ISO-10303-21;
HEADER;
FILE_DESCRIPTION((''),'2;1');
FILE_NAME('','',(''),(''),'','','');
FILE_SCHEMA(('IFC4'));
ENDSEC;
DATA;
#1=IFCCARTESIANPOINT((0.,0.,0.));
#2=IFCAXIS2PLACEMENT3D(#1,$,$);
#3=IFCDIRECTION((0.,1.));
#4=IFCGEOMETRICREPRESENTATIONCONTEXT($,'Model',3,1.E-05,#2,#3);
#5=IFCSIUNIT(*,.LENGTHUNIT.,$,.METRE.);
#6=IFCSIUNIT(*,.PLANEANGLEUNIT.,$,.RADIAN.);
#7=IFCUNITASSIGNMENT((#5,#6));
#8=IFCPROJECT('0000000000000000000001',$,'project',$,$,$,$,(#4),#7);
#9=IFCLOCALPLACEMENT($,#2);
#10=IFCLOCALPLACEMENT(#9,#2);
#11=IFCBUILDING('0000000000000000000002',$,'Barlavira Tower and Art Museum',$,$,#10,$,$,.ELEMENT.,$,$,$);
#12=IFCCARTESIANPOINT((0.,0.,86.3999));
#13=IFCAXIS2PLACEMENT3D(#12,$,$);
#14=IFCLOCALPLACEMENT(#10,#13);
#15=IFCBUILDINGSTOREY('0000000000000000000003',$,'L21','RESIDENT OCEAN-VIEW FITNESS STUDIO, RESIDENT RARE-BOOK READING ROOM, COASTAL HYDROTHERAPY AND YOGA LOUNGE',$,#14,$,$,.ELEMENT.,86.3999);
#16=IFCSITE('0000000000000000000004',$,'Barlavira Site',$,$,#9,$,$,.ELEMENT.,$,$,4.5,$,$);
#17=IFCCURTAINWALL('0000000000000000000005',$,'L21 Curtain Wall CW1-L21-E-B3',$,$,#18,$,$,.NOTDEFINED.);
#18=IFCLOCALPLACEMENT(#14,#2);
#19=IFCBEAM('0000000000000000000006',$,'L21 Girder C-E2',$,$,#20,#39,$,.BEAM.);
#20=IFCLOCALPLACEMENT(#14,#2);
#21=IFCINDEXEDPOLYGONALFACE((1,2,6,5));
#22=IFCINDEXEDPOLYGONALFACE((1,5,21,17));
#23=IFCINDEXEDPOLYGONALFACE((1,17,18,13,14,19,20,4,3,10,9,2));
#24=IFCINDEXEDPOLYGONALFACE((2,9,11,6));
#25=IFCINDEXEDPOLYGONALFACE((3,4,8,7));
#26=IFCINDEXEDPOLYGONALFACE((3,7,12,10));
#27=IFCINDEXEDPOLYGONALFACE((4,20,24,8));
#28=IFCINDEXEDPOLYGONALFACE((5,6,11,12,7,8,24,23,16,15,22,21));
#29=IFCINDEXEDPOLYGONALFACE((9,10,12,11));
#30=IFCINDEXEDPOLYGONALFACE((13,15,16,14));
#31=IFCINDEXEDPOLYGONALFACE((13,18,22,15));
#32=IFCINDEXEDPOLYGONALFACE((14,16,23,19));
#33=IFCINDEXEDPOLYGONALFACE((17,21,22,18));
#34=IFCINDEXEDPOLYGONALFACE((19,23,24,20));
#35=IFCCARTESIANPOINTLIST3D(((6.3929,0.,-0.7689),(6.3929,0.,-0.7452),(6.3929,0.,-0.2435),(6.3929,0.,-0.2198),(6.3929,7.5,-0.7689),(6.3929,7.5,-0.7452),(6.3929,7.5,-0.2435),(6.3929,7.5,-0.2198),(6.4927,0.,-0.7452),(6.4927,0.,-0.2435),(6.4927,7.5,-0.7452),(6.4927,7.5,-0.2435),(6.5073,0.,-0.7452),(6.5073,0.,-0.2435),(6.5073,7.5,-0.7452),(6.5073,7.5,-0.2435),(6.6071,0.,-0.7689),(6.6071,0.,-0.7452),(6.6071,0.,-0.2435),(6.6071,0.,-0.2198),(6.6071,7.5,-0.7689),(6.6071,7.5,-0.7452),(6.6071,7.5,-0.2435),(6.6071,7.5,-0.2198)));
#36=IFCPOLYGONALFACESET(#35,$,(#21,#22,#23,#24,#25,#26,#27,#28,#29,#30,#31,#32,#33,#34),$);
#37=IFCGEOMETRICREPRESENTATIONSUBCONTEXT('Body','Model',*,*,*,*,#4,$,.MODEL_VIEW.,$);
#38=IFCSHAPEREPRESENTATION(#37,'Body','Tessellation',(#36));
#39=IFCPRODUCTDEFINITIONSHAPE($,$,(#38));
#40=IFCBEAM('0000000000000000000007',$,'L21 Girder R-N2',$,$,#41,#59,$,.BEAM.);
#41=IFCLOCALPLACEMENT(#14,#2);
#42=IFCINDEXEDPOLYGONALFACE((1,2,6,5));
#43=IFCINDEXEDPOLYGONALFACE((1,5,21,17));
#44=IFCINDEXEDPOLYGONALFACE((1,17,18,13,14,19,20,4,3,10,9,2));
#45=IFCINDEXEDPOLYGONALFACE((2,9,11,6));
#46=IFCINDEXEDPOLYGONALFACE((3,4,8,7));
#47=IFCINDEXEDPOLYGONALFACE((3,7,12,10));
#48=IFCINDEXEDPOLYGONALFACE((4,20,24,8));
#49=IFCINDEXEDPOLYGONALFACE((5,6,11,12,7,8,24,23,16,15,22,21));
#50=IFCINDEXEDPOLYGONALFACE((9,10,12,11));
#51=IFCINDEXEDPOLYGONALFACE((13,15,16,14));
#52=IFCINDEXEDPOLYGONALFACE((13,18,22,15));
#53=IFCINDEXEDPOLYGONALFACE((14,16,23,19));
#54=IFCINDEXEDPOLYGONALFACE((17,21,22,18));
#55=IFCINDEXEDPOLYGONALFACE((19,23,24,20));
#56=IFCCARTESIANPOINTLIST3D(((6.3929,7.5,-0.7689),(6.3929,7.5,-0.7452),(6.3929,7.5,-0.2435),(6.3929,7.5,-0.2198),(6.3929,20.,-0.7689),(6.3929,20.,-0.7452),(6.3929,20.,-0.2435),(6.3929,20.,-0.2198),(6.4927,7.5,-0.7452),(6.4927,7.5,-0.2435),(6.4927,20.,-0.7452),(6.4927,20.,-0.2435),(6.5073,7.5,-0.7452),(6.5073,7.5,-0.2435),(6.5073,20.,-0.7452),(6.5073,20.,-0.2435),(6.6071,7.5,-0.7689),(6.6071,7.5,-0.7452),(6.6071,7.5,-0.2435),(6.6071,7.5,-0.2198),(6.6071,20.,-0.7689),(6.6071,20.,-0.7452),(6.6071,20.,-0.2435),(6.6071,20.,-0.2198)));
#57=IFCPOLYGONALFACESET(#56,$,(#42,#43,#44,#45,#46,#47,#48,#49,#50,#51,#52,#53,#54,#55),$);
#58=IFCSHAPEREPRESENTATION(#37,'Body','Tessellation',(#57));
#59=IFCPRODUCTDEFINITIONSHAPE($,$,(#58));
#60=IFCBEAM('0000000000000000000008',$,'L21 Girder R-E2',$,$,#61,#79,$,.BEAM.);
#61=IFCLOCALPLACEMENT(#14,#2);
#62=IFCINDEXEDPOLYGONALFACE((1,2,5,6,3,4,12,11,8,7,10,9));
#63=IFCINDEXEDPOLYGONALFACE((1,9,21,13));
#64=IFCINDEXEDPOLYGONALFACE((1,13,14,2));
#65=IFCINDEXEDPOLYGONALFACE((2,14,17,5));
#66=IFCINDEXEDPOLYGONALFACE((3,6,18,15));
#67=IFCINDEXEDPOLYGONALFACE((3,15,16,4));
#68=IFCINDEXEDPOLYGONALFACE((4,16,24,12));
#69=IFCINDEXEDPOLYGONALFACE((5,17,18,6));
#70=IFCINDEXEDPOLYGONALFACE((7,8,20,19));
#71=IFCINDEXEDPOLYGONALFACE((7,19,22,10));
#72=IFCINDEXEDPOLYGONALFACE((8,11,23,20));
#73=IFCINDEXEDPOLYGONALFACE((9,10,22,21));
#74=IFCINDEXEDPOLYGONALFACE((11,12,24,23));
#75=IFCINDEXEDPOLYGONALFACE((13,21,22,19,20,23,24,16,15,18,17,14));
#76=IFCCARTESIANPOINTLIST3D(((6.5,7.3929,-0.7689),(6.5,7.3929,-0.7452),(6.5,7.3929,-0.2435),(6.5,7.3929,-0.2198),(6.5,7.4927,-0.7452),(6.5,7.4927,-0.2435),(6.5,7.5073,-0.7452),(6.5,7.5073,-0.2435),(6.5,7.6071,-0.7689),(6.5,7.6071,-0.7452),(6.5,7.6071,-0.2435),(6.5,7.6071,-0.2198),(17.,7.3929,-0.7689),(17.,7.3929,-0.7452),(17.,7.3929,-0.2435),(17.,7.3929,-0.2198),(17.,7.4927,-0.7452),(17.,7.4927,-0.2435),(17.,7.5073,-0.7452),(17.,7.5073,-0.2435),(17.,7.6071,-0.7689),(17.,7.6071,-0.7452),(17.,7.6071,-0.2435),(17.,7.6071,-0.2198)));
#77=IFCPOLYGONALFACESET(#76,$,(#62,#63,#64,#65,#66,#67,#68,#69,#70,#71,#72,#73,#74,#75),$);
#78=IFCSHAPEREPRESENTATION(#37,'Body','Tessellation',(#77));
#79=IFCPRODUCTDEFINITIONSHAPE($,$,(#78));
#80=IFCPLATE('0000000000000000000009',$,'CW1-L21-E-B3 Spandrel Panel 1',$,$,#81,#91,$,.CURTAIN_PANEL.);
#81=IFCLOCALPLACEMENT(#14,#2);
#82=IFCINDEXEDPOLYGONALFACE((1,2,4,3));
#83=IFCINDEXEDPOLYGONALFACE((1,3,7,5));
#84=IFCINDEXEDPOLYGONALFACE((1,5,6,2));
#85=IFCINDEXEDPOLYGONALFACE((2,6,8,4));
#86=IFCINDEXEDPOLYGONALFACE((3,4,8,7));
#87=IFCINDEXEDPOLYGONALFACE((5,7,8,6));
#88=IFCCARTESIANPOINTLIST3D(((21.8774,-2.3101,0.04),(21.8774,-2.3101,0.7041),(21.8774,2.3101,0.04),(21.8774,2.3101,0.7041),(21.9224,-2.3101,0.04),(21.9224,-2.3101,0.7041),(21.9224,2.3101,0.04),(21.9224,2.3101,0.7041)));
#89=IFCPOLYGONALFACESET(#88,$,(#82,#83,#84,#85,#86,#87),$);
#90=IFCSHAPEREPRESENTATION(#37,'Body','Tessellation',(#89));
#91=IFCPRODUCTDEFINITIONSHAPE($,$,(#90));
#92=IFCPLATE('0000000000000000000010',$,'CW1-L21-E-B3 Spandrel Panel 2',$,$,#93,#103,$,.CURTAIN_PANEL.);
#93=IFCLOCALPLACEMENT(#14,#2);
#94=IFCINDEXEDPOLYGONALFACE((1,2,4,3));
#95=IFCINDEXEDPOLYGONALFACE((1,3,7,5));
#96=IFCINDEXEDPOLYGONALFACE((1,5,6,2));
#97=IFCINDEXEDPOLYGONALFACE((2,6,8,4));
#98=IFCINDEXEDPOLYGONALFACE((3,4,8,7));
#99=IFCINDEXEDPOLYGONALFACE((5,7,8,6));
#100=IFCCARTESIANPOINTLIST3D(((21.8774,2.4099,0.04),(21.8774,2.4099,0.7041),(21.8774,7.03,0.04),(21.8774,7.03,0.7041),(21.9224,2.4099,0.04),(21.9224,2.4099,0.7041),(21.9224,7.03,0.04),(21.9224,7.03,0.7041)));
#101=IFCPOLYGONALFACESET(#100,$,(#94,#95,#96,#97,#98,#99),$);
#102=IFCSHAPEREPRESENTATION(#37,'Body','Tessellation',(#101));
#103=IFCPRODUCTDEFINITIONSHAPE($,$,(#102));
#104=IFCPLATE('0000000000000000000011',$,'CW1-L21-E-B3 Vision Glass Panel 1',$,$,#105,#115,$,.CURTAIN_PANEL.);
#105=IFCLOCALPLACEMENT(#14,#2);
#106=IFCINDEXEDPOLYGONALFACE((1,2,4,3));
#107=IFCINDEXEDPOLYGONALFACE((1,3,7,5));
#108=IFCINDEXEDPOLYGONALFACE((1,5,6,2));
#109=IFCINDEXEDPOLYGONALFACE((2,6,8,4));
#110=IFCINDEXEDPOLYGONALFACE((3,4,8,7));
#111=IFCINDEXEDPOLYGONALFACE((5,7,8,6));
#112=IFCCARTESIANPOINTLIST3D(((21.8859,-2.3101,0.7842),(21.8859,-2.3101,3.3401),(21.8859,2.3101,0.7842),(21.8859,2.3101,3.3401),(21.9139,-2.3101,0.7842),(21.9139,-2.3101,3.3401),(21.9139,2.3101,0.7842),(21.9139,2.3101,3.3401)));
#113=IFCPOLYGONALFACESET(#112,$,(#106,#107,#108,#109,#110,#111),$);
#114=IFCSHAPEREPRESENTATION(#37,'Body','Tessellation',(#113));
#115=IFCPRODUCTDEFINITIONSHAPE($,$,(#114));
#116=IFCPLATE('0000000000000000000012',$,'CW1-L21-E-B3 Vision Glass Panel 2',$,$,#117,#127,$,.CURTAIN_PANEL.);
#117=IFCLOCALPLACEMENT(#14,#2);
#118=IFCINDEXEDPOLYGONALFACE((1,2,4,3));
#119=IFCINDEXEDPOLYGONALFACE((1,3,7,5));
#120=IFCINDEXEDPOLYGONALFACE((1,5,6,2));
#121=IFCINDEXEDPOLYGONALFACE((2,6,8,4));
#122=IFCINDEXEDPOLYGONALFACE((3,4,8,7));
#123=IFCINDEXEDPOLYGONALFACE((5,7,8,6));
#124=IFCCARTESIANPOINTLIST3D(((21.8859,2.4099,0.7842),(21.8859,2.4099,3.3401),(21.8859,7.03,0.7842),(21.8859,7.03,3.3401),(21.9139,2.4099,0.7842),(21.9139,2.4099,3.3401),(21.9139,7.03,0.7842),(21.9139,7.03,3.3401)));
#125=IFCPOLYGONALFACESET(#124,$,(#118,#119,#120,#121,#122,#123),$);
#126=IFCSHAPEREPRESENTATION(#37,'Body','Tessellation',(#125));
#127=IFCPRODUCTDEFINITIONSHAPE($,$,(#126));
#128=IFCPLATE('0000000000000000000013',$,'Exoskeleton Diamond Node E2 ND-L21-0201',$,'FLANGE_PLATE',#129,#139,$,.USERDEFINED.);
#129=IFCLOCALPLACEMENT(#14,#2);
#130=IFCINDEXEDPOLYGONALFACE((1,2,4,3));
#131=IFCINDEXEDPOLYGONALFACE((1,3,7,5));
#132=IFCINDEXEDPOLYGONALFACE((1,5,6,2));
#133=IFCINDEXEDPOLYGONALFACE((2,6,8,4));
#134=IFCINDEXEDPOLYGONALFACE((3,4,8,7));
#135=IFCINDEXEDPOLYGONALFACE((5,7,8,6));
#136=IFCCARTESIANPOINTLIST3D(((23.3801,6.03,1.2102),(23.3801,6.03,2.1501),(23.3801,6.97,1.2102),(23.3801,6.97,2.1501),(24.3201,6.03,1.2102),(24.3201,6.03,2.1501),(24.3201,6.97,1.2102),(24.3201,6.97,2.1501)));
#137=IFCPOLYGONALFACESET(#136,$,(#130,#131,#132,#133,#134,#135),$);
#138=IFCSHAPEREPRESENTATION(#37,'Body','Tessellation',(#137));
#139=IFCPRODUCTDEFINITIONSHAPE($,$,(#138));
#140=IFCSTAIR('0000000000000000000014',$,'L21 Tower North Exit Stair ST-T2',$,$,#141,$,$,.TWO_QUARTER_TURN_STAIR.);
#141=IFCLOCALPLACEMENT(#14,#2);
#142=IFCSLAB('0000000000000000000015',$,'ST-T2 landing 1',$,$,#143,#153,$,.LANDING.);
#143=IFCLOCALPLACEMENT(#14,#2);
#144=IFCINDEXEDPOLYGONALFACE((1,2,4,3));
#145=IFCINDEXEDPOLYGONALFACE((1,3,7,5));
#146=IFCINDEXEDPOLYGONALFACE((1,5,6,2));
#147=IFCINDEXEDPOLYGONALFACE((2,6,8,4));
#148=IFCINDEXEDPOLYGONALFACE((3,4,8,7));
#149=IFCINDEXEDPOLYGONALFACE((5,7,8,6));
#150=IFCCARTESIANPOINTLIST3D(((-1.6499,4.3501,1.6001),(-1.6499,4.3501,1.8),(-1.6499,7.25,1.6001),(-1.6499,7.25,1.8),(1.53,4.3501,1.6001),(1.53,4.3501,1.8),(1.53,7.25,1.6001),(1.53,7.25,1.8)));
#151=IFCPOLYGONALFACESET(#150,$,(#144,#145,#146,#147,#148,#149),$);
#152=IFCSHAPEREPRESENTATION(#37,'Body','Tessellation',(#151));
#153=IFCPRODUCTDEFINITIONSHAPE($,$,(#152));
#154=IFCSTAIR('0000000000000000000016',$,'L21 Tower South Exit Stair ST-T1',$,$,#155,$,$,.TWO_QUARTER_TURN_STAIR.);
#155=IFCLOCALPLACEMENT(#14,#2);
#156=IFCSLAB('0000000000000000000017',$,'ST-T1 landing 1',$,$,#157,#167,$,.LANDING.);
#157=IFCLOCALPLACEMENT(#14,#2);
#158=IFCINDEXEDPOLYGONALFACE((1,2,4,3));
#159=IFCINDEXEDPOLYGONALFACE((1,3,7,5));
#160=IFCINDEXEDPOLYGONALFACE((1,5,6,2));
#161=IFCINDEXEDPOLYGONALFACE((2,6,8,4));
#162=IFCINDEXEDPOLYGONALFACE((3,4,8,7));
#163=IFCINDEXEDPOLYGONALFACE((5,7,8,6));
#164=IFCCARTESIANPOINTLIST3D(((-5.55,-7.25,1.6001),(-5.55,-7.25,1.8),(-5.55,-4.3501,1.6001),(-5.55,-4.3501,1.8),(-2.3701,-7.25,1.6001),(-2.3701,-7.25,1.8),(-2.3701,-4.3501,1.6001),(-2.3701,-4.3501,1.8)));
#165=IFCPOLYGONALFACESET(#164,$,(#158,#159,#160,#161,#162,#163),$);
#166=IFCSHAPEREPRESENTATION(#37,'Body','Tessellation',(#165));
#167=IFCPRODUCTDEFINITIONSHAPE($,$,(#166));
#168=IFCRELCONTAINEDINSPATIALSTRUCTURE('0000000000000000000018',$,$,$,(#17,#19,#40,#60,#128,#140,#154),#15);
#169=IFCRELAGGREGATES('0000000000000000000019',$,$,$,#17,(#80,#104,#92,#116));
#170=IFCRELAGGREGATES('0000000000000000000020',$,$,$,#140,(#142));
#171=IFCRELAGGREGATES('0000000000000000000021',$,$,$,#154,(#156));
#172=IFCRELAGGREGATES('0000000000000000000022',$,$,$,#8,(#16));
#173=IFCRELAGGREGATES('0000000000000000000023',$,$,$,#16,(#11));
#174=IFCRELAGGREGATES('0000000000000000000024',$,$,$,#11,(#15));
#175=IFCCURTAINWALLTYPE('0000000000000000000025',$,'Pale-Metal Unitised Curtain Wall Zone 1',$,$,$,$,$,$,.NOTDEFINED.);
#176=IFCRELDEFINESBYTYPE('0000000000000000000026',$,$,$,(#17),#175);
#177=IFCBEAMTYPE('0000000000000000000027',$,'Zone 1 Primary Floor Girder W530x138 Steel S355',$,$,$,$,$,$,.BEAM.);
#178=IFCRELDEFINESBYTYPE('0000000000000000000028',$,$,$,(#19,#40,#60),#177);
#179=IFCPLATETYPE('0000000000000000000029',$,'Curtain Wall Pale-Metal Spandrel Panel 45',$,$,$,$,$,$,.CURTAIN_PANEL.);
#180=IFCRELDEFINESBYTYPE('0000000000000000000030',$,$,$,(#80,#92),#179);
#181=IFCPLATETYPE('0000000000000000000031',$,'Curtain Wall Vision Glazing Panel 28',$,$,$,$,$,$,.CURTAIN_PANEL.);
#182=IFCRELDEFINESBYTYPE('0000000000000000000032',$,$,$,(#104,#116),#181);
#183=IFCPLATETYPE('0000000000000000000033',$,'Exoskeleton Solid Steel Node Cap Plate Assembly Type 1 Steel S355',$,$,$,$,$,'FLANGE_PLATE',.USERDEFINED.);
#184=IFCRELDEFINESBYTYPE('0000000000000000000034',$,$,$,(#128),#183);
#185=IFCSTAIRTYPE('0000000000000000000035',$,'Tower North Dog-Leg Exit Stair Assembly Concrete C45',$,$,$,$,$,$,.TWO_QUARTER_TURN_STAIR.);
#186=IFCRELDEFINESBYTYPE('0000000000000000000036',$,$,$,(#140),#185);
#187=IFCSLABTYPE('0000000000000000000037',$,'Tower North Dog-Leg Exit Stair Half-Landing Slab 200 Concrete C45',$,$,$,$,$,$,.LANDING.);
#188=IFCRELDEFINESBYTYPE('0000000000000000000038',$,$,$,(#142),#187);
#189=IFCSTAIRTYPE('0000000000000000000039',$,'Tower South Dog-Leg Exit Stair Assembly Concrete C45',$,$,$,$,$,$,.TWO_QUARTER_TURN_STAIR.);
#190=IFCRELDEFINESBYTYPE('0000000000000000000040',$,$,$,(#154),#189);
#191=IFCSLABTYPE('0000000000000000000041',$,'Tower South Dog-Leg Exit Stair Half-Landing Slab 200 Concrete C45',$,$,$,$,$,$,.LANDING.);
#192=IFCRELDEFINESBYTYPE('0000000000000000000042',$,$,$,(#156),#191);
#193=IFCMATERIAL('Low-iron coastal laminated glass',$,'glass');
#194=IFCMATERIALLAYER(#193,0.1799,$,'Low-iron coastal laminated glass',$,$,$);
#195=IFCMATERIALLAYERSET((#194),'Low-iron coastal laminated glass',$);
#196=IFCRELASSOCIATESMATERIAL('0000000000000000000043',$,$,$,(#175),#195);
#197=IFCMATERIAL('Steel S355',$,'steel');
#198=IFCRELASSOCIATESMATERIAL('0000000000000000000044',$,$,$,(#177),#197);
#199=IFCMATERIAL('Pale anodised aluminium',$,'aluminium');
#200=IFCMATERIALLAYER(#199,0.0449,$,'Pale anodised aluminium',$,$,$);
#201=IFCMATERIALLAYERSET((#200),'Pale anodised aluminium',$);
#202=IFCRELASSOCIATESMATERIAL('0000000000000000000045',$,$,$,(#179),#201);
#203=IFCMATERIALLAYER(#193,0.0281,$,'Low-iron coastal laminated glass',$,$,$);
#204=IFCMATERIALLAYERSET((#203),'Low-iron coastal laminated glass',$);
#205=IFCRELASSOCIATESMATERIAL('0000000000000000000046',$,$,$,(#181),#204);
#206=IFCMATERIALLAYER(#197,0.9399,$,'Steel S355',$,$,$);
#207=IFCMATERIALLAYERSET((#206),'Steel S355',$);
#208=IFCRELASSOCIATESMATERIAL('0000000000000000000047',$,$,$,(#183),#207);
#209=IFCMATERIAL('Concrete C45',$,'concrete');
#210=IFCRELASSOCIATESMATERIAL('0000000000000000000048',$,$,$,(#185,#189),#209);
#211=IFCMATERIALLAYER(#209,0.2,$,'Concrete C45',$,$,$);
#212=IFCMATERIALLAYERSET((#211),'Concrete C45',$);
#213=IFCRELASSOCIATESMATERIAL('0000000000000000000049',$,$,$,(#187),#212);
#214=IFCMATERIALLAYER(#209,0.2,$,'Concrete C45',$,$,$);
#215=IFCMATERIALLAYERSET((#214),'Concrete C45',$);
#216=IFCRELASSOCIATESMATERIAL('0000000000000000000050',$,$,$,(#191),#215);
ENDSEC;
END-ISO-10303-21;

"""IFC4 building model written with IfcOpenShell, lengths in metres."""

from ifc_helpers import new_model, si_unit, direction, frame, origin, origin_2d, place, context, subcontext, project, spatial, polyline, rectangle, i_section, outline, extrude, material, layer, layer_set, material_profile, profile_set, type_object, element, aggregate, save


model = new_model("IFC4")

# Units and contexts
model_context = context("Model", 3, precision=1e-05, world=origin(), true_north=direction((0.0, 1.0)))
body_context = subcontext(model_context, "Body", "Model", "MODEL_VIEW")
ifc_project = project(units=[si_unit("LENGTHUNIT", "METRE"), si_unit("PLANEANGLEUNIT", "RADIAN")], contexts=[model_context])

# Site, building, storey
site_placement = place(None, origin())
site = spatial("IfcSite", under=ifc_project, at=site_placement, Name="Barlavira Site", CompositionType="ELEMENT", RefElevation=4.5)
building_placement = place(site_placement, origin())
building = spatial("IfcBuilding", under=site, at=building_placement, Name="Barlavira Tower and Art Museum", CompositionType="ELEMENT")
storey_placement = place(building_placement, frame((0.0, 0.0, 86.3999)))
storey = spatial("IfcBuildingStorey", under=building, at=storey_placement, Name="L21", Description="RESIDENT OCEAN-VIEW FITNESS STUDIO, RESIDENT RARE-BOOK READING ROOM, COASTAL HYDROTHERAPY AND YOGA LOUNGE", CompositionType="ELEMENT", Elevation=86.3999)

# Shared definitions
ifc_material_1 = material(Name="Steel S355", Category="steel")

# Curtain wall
ifc_material_2 = material(Name="Low-iron coastal laminated glass", Category="glass")
ifc_layer_1 = layer(ifc_material_2, 0.1799, Name="Low-iron coastal laminated glass")
ifc_layer_set_1 = layer_set([ifc_layer_1], Name="Low-iron coastal laminated glass")
curtain_wall_type = type_object("IfcCurtainWallType", Name="Pale-Metal Unitised Curtain Wall Zone 1", PredefinedType="NOTDEFINED", material=ifc_layer_set_1)
curtain_wall_placement = place(storey_placement, origin())
curtain_wall = element("IfcCurtainWall", 1, at=curtain_wall_placement, inside=storey, type_object=curtain_wall_type, Name="L21 Curtain Wall CW1-L21-E-B3", PredefinedType="NOTDEFINED")
ifc_material_3 = material(Name="Pale anodised aluminium", Category="aluminium")

# Beams
ifc_material_profile_1 = material_profile(ifc_material_1, i_section(OverallWidth=0.2141, OverallDepth=0.5491, WebThickness=0.0146, FlangeThickness=0.0237, at=origin_2d()), Name="W530x138.0")
ifc_profile_set_1 = profile_set([ifc_material_profile_1], Name="Steel S355")
beam_type = type_object("IfcBeamType", Name="Zone 1 Primary Floor Girder W530x138 Steel S355", PredefinedType="BEAM", material=ifc_profile_set_1)
beam_1_placement = place(storey_placement, frame((6.5, 0.0, -0.4944), z_axis=(0.0, 1.0, 0.0), x_axis=(-1.0, 0.0, 0.0)))
element("IfcBeam", 2, at=beam_1_placement, inside=storey, type_object=beam_type, Name="L21 Girder C-E2", PredefinedType="BEAM", context=body_context, shape_type="SweptSolid", body=[
    extrude(i_section(OverallWidth=0.2141, OverallDepth=0.5491, WebThickness=0.0146, FlangeThickness=0.0237, at=origin_2d()), origin(), (0.0, 0.0, 1.0), 7.5),
])
beam_2_placement = place(storey_placement, frame((6.5, 7.5, -0.4944), z_axis=(0.0, 1.0, 0.0), x_axis=(-1.0, 0.0, 0.0)))
element("IfcBeam", 3, at=beam_2_placement, inside=storey, type_object=beam_type, Name="L21 Girder R-N2", PredefinedType="BEAM", context=body_context, shape_type="SweptSolid", body=[
    extrude(i_section(OverallWidth=0.2141, OverallDepth=0.5491, WebThickness=0.0146, FlangeThickness=0.0237, at=origin_2d()), origin(), (0.0, 0.0, 1.0), 12.5),
])
beam_3_placement = place(storey_placement, frame((6.5, 7.5, -0.4944), z_axis=(1.0, 0.0, 0.0), x_axis=(0.0, 1.0, 0.0)))
element("IfcBeam", 4, at=beam_3_placement, inside=storey, type_object=beam_type, Name="L21 Girder R-E2", PredefinedType="BEAM", context=body_context, shape_type="SweptSolid", body=[
    extrude(i_section(OverallWidth=0.2141, OverallDepth=0.5491, WebThickness=0.0146, FlangeThickness=0.0237, at=origin_2d()), origin(), (0.0, 0.0, 1.0), 10.5),
])

# Plates
ifc_layer_2 = layer(ifc_material_3, 0.0449, Name="Pale anodised aluminium")
ifc_layer_set_2 = layer_set([ifc_layer_2], Name="Pale anodised aluminium")
plate_type_1 = type_object("IfcPlateType", Name="Curtain Wall Pale-Metal Spandrel Panel 45", PredefinedType="CURTAIN_PANEL", material=ifc_layer_set_2)
plate_1_placement = place(storey_placement, frame((21.8999, 0.0, 0.04), z_axis=(0.0, 0.0, 1.0), x_axis=(0.0, 1.0, 0.0)))
plate_1 = element("IfcPlate", 5, at=plate_1_placement, type_object=plate_type_1, Name="CW1-L21-E-B3 Spandrel Panel 1", PredefinedType="CURTAIN_PANEL", context=body_context, shape_type="SweptSolid", body=[
    extrude(rectangle(XDim=4.6201, YDim=0.0449, at=origin_2d()), origin(), (0.0, 0.0, 1.0), 0.6641),
])
plate_2_placement = place(storey_placement, frame((21.8999, 4.72, 0.04), z_axis=(0.0, 0.0, 1.0), x_axis=(0.0, 1.0, 0.0)))
plate_2 = element("IfcPlate", 6, at=plate_2_placement, type_object=plate_type_1, Name="CW1-L21-E-B3 Spandrel Panel 2", PredefinedType="CURTAIN_PANEL", context=body_context, shape_type="SweptSolid", body=[
    extrude(rectangle(XDim=4.6201, YDim=0.0449, at=origin_2d()), origin(), (0.0, 0.0, 1.0), 0.6641),
])
ifc_layer_3 = layer(ifc_material_2, 0.0281, Name="Low-iron coastal laminated glass")
ifc_layer_set_3 = layer_set([ifc_layer_3], Name="Low-iron coastal laminated glass")
plate_type_2 = type_object("IfcPlateType", Name="Curtain Wall Vision Glazing Panel 28", PredefinedType="CURTAIN_PANEL", material=ifc_layer_set_3)
plate_3_placement = place(storey_placement, frame((21.8999, 0.0, 0.7842), z_axis=(0.0, 0.0, 1.0), x_axis=(0.0, 1.0, 0.0)))
plate_3 = element("IfcPlate", 7, at=plate_3_placement, type_object=plate_type_2, Name="CW1-L21-E-B3 Vision Glass Panel 1", PredefinedType="CURTAIN_PANEL", context=body_context, shape_type="SweptSolid", body=[
    extrude(rectangle(XDim=4.6201, YDim=0.0281, at=origin_2d()), origin(), (0.0, 0.0, 1.0), 2.5559),
])
plate_4_placement = place(storey_placement, frame((21.8999, 4.72, 0.7842), z_axis=(0.0, 0.0, 1.0), x_axis=(0.0, 1.0, 0.0)))
plate_4 = element("IfcPlate", 8, at=plate_4_placement, type_object=plate_type_2, Name="CW1-L21-E-B3 Vision Glass Panel 2", PredefinedType="CURTAIN_PANEL", context=body_context, shape_type="SweptSolid", body=[
    extrude(rectangle(XDim=4.6201, YDim=0.0281, at=origin_2d()), origin(), (0.0, 0.0, 1.0), 2.5559),
])
aggregate(curtain_wall, [plate_1, plate_3, plate_2, plate_4])
ifc_layer_4 = layer(ifc_material_1, 0.9399, Name="Steel S355")
ifc_layer_set_4 = layer_set([ifc_layer_4], Name="Steel S355")
plate_type_3 = type_object("IfcPlateType", Name="Exoskeleton Solid Steel Node Cap Plate Assembly Type 1 Steel S355", ElementType="FLANGE_PLATE", PredefinedType="USERDEFINED", material=ifc_layer_set_4)
plate_5_placement = place(storey_placement, frame((23.8501, 6.5, 1.2102), z_axis=(0.0, 0.0, 1.0), x_axis=(1.0, 0.0, 0.0)))
element("IfcPlate", 9, at=plate_5_placement, inside=storey, type_object=plate_type_3, Name="Exoskeleton Diamond Node E2 ND-L21-0201", ObjectType="FLANGE_PLATE", PredefinedType="USERDEFINED", context=body_context, shape_type="SweptSolid", body=[
    extrude(rectangle(XDim=0.9399, YDim=0.9399, at=origin_2d()), origin(), (0.0, 0.0, 1.0), 0.9399),
])

# Stairs, slabs
ifc_material_4 = material(Name="Concrete C45", Category="concrete")
stair_type_1 = type_object("IfcStairType", Name="Tower North Dog-Leg Exit Stair Assembly Concrete C45", PredefinedType="TWO_QUARTER_TURN_STAIR", material=ifc_material_4)
stair_1_placement = place(storey_placement, origin())
stair_1 = element("IfcStair", 10, at=stair_1_placement, inside=storey, type_object=stair_type_1, Name="L21 Tower North Exit Stair ST-T2", PredefinedType="TWO_QUARTER_TURN_STAIR")
ifc_layer_5 = layer(ifc_material_4, 0.2, Name="Concrete C45")
ifc_layer_set_5 = layer_set([ifc_layer_5], Name="Concrete C45")
slab_type_1 = type_object("IfcSlabType", Name="Tower North Dog-Leg Exit Stair Half-Landing Slab 200 Concrete C45", PredefinedType="LANDING", material=ifc_layer_set_5)
slab_1_placement = place(storey_placement, frame((0.0, 0.0, 1.6001)))
slab_1 = element("IfcSlab", 11, at=slab_1_placement, type_object=slab_type_1, Name="ST-T2 landing 1", PredefinedType="LANDING", context=body_context, shape_type="SweptSolid", body=[
    extrude(outline(polyline([(-1.6499, 4.3501), (1.53, 4.3501), (1.53, 7.25), (-1.6499, 7.25), (-1.6499, 4.3501)])), origin(), (0.0, 0.0, 1.0), 0.2),
])
aggregate(stair_1, [slab_1])
stair_type_2 = type_object("IfcStairType", Name="Tower South Dog-Leg Exit Stair Assembly Concrete C45", PredefinedType="TWO_QUARTER_TURN_STAIR", material=ifc_material_4)
stair_2_placement = place(storey_placement, origin())
stair_2 = element("IfcStair", 12, at=stair_2_placement, inside=storey, type_object=stair_type_2, Name="L21 Tower South Exit Stair ST-T1", PredefinedType="TWO_QUARTER_TURN_STAIR")
ifc_layer_6 = layer(ifc_material_4, 0.2, Name="Concrete C45")
ifc_layer_set_6 = layer_set([ifc_layer_6], Name="Concrete C45")
slab_type_2 = type_object("IfcSlabType", Name="Tower South Dog-Leg Exit Stair Half-Landing Slab 200 Concrete C45", PredefinedType="LANDING", material=ifc_layer_set_6)
slab_2_placement = place(storey_placement, frame((0.0, 0.0, 1.6001)))
slab_2 = element("IfcSlab", 13, at=slab_2_placement, type_object=slab_type_2, Name="ST-T1 landing 1", PredefinedType="LANDING", context=body_context, shape_type="SweptSolid", body=[
    extrude(outline(polyline([(-2.3701, -4.3501), (-5.55, -4.3501), (-5.55, -7.25), (-2.3701, -7.25), (-2.3701, -4.3501)])), origin(), (0.0, 0.0, 1.0), 0.2),
])
aggregate(stair_2, [slab_2])

save(model, "model.ifc")
